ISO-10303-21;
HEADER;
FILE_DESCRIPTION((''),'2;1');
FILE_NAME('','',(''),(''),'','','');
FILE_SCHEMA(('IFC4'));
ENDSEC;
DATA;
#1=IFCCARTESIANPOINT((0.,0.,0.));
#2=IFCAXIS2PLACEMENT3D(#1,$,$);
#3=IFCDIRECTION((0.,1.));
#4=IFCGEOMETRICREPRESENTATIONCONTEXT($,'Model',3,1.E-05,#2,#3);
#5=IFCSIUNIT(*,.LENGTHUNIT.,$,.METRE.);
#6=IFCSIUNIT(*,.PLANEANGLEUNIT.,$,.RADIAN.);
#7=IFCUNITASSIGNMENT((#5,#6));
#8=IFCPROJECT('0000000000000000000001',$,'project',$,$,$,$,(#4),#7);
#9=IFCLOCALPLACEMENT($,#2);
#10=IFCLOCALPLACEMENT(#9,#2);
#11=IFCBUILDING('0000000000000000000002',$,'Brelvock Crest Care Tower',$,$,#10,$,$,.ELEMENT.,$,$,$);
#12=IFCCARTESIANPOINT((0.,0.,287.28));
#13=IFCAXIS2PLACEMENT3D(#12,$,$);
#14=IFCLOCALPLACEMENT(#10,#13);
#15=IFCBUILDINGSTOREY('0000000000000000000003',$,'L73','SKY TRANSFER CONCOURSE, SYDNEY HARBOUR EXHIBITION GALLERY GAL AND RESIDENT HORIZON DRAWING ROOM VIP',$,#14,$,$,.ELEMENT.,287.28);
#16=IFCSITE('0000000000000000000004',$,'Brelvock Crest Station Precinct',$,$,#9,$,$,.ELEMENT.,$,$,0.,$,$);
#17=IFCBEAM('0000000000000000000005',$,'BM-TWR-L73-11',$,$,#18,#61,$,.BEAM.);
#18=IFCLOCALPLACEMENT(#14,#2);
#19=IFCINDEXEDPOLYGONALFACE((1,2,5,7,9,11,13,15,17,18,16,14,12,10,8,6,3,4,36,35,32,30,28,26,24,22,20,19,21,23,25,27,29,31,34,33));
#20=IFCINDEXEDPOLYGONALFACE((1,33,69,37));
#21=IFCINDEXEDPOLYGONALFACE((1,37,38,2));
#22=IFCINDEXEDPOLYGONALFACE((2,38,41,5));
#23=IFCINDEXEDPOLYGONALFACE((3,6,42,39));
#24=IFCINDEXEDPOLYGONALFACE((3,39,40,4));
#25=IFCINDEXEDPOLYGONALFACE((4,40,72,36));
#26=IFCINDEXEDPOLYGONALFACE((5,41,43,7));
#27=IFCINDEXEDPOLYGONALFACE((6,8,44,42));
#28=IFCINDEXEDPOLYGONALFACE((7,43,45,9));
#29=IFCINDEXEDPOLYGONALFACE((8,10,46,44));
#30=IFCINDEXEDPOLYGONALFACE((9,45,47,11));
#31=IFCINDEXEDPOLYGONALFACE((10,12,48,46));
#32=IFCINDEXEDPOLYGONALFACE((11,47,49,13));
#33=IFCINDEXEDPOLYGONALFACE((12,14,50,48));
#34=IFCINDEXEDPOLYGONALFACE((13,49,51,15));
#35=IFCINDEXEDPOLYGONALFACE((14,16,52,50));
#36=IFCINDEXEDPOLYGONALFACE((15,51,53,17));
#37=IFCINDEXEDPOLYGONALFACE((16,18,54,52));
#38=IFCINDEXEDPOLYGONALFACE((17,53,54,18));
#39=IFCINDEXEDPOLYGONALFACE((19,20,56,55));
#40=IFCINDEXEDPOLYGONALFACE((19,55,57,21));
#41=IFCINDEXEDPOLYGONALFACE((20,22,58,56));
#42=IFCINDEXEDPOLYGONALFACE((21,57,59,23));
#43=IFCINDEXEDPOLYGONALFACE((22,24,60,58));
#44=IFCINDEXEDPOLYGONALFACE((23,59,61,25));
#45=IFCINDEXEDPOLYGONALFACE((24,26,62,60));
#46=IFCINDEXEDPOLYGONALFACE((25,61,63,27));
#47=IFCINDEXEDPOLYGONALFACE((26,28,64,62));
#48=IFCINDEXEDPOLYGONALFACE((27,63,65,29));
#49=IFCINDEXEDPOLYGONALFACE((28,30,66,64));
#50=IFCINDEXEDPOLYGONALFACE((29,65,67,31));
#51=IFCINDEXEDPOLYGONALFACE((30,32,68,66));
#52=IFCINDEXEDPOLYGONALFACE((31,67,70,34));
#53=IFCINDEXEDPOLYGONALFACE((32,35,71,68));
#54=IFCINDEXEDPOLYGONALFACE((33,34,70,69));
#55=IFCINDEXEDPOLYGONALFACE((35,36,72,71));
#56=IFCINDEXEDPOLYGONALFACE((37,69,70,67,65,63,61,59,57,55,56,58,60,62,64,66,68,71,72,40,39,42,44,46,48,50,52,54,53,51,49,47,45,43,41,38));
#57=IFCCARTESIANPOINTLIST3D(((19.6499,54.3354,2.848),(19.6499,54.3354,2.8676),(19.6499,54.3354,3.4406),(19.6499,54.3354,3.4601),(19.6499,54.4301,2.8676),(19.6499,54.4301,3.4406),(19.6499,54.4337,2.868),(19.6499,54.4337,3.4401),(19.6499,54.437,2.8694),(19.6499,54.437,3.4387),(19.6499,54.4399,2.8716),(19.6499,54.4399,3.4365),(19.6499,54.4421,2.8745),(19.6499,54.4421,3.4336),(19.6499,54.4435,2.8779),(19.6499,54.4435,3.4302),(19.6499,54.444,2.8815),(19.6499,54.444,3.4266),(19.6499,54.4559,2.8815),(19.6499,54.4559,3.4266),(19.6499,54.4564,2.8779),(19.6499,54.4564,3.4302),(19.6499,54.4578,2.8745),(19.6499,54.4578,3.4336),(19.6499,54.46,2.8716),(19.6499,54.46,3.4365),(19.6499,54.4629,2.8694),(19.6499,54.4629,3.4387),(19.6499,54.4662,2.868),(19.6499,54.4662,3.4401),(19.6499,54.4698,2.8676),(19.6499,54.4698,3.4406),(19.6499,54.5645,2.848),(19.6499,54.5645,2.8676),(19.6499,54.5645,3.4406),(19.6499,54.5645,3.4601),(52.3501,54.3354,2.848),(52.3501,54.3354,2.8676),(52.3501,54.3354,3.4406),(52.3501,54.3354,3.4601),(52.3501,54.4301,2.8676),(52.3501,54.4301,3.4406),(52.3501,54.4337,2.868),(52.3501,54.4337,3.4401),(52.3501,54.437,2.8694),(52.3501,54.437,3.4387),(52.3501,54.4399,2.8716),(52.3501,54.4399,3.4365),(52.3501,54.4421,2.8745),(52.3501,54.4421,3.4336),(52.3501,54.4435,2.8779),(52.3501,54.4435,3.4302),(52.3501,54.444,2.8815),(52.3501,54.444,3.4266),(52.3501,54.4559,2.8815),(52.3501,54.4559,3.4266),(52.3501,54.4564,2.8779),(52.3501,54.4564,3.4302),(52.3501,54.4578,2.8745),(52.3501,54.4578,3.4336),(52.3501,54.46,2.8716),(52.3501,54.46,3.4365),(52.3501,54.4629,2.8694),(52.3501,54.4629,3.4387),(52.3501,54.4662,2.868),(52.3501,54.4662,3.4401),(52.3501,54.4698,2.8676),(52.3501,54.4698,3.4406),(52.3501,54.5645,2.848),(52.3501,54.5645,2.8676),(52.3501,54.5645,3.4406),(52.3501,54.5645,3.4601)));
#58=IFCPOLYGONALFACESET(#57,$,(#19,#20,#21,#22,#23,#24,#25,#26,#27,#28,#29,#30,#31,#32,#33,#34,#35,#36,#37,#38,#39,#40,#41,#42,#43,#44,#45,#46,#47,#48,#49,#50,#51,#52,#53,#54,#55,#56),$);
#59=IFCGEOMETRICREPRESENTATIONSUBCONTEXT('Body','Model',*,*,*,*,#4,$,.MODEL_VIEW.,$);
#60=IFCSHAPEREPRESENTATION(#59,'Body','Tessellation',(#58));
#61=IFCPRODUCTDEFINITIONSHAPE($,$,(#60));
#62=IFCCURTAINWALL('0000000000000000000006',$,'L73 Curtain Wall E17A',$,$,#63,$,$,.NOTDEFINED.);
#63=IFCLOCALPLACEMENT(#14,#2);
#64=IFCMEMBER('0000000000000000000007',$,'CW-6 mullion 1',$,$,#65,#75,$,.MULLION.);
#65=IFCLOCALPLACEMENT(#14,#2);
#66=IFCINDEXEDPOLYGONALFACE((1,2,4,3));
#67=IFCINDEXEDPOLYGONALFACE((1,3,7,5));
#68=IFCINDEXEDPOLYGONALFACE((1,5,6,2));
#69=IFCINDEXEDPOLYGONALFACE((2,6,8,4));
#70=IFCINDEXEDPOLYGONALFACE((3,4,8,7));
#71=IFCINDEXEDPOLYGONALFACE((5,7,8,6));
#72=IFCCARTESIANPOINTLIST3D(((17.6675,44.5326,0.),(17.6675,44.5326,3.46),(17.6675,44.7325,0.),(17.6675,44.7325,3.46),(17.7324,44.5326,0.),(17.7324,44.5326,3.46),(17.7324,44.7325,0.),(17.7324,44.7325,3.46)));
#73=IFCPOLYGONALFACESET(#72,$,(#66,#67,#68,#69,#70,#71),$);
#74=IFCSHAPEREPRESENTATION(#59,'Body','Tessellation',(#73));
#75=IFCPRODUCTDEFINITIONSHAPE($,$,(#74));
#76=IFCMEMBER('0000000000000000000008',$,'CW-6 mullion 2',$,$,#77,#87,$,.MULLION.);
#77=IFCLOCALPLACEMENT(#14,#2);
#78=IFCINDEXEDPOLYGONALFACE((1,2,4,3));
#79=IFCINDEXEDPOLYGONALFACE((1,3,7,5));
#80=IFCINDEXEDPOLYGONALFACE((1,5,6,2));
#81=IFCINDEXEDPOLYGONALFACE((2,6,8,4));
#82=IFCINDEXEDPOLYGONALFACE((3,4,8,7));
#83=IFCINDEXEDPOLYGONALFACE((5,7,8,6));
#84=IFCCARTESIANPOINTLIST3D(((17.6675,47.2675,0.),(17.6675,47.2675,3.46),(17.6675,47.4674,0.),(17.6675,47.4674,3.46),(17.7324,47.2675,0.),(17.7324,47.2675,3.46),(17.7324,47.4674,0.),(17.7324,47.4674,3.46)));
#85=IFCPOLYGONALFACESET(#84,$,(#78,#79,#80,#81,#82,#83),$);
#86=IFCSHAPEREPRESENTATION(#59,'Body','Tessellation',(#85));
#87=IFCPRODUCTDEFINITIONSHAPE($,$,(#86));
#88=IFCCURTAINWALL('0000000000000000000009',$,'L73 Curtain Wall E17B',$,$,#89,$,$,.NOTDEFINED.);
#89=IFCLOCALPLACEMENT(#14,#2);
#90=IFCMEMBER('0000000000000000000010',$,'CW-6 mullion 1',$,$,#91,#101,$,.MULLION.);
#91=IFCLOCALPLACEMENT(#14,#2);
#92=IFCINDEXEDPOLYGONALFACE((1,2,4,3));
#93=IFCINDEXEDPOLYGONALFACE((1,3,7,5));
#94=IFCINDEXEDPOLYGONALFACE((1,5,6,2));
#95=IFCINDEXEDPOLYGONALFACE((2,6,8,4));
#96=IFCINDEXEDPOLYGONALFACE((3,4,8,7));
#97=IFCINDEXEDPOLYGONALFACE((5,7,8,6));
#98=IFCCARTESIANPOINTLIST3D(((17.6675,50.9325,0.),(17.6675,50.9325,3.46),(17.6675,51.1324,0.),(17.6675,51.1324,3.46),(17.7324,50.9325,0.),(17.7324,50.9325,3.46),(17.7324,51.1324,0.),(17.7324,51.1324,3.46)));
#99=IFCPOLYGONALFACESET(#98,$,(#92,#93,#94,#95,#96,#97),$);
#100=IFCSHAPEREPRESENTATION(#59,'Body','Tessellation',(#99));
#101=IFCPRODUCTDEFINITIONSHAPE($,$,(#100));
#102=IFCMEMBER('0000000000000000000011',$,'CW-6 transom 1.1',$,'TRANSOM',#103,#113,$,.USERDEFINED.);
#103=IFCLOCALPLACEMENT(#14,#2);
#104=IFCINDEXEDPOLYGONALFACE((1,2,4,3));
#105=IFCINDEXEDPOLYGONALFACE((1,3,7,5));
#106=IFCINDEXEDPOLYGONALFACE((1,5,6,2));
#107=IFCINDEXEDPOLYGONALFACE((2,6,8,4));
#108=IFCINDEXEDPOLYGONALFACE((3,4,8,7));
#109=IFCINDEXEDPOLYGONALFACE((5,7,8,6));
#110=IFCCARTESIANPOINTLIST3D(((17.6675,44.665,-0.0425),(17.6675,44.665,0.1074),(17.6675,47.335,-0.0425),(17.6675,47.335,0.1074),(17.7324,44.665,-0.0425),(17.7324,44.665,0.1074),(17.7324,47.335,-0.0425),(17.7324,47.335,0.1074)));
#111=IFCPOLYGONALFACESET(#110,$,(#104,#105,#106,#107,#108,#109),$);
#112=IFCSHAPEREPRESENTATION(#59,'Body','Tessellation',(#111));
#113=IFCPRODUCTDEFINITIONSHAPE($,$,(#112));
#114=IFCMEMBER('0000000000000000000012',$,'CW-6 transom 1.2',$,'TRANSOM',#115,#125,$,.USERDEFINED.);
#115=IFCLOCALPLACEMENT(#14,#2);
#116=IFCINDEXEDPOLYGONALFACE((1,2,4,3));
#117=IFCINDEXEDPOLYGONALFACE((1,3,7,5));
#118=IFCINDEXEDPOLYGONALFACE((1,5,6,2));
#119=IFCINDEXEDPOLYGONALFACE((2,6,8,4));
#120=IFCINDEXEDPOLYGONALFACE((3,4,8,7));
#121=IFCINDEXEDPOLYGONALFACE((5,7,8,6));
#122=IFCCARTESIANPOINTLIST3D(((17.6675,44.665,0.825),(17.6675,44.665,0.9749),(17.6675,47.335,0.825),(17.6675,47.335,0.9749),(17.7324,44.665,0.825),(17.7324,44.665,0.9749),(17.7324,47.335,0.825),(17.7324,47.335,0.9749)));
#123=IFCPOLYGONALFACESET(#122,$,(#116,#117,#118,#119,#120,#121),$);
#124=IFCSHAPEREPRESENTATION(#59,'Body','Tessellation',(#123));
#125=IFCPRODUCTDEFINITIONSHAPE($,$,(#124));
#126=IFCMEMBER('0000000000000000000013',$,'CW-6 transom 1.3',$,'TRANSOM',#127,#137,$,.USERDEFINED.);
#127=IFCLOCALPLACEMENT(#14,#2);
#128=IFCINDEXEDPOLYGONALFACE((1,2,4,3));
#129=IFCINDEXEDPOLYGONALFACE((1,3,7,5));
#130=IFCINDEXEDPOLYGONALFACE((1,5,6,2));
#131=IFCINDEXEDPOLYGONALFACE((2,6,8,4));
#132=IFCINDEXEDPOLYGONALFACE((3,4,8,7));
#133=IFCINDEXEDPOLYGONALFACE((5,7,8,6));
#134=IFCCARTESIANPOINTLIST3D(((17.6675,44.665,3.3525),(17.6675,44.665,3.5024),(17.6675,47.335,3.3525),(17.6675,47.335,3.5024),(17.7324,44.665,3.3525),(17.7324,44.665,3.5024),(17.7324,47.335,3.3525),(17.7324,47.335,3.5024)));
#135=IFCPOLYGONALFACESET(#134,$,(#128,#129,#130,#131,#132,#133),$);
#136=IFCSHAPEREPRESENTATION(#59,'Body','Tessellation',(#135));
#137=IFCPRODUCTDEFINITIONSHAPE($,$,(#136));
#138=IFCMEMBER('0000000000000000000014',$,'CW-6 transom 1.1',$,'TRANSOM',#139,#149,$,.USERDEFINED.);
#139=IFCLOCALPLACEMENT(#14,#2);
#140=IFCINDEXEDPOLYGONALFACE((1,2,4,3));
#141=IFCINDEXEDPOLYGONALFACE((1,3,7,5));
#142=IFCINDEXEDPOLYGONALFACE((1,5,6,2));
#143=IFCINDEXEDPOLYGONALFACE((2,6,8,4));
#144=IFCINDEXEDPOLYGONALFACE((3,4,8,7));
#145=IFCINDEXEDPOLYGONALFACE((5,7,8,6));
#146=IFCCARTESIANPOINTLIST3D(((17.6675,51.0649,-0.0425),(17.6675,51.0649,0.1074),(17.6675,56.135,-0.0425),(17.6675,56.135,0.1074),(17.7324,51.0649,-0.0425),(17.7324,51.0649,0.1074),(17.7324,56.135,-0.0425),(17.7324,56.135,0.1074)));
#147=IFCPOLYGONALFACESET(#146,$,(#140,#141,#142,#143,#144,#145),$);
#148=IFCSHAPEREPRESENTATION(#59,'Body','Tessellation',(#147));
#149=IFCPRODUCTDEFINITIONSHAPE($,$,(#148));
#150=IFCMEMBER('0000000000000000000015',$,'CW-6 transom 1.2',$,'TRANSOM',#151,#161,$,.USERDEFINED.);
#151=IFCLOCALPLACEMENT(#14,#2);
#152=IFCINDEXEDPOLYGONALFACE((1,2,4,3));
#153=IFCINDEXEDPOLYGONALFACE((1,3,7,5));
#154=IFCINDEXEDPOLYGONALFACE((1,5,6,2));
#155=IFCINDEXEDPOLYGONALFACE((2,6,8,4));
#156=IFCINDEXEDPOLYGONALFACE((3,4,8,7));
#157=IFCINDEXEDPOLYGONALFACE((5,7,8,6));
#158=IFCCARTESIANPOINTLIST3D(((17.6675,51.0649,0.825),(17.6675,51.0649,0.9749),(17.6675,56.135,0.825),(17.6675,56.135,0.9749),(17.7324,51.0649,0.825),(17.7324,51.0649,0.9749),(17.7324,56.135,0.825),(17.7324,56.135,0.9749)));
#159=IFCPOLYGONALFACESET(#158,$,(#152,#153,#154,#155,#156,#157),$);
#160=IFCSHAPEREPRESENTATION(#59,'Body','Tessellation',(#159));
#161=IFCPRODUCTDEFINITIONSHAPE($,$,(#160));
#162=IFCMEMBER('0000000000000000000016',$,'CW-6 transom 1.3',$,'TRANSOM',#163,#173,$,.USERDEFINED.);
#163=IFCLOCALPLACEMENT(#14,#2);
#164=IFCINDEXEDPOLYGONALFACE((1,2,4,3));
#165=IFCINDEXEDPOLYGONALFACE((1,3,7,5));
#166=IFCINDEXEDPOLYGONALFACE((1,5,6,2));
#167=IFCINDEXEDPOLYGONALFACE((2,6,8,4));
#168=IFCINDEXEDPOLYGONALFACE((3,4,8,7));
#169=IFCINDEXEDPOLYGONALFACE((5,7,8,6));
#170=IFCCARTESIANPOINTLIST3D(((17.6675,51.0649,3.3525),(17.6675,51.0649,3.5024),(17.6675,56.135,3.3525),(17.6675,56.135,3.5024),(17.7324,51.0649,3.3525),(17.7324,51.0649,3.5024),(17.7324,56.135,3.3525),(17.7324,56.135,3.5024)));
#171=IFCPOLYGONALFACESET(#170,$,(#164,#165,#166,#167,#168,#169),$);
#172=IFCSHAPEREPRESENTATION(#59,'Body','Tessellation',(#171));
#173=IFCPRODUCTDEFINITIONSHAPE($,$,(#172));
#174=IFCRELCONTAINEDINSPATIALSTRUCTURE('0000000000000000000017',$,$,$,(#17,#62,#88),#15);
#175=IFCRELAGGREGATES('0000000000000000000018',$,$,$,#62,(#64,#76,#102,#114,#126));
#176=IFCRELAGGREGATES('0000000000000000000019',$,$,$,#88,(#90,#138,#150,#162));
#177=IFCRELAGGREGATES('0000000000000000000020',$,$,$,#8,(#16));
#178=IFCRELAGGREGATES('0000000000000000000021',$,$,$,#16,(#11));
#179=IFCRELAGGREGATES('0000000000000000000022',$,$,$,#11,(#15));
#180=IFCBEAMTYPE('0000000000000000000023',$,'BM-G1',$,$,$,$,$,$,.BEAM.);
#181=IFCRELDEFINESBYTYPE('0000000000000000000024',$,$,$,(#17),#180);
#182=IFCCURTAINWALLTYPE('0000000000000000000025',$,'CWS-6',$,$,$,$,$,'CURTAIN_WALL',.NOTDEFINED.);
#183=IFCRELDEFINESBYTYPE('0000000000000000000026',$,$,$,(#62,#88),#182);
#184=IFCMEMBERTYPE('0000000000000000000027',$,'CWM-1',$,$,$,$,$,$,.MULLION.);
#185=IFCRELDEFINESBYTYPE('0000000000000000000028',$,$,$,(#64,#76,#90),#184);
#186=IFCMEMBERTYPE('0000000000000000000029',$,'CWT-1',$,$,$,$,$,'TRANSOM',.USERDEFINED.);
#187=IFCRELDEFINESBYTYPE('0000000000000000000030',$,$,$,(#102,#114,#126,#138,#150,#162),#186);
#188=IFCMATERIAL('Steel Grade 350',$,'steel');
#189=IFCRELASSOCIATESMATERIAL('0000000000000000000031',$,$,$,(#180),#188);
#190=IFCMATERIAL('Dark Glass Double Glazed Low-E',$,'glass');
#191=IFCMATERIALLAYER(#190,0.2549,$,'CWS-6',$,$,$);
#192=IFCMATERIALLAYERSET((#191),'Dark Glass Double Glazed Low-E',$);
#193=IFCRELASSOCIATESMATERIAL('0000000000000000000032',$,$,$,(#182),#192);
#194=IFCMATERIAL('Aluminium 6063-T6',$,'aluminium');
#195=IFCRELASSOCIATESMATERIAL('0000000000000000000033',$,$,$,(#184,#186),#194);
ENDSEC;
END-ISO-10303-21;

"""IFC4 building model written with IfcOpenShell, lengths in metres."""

from ifc_helpers import new_model, si_unit, direction, frame, origin, origin_2d, place, context, subcontext, project, spatial, rectangle, i_section, extrude, source, transform, mapped, material, layer, layer_set, material_profile, profile_set, type_object, element, aggregate, save


model = new_model("IFC4")

# Units and contexts
model_context = context("Model", 3, precision=1e-05, world=origin(), true_north=direction((0.0, 1.0)))
body_context = subcontext(model_context, "Body", "Model", "MODEL_VIEW")
ifc_project = project(units=[si_unit("LENGTHUNIT", "METRE"), si_unit("PLANEANGLEUNIT", "RADIAN")], contexts=[model_context])

# Site, building, storey
site_placement = place(None, origin())
site = spatial("IfcSite", under=ifc_project, at=site_placement, Name="Brelvock Crest Station Precinct", CompositionType="ELEMENT", RefElevation=0.0)
building_placement = place(site_placement, origin())
building = spatial("IfcBuilding", under=site, at=building_placement, Name="Brelvock Crest Care Tower", CompositionType="ELEMENT")
storey_placement = place(building_placement, frame((0.0, 0.0, 287.28)))
storey = spatial("IfcBuildingStorey", under=building, at=storey_placement, Name="L73", Description="SKY TRANSFER CONCOURSE, SYDNEY HARBOUR EXHIBITION GALLERY GAL AND RESIDENT HORIZON DRAWING ROOM VIP", CompositionType="ELEMENT", Elevation=287.28)

# Shared definitions
ifc_material_1 = material(Name="Steel Grade 350", Category="steel")

# Beam
ifc_material_profile_1 = material_profile(ifc_material_1, i_section(OverallWidth=0.229, OverallDepth=0.6121, WebThickness=0.012, FlangeThickness=0.0195, FilletRadius=0.0139, at=origin_2d()), Name="610UB125")
ifc_profile_set_1 = profile_set([ifc_material_profile_1], Name="Steel Grade 350")
beam_type_1 = type_object("IfcBeamType", Name="BM-G1", PredefinedType="BEAM", material=ifc_profile_set_1)
shared_shape_1 = source(origin(), body_context, "Body", "SweptSolid", [
    extrude(i_section(OverallWidth=0.229, OverallDepth=0.6121, WebThickness=0.012, FlangeThickness=0.0195, FilletRadius=0.0139, at=origin_2d()), origin(), (0.0, 0.0, 1.0), 32.7002),
])
beam_1_placement = place(storey_placement, frame((19.6499, 54.45, 3.1541), z_axis=(1.0, 0.0, 0.0), x_axis=(0.0, 1.0, 0.0)))
element("IfcBeam", 1, at=beam_1_placement, inside=storey, type_object=beam_type_1, Name="BM-TWR-L73-11", PredefinedType="BEAM", context=body_context, shape_type="MappedRepresentation", body=[
    mapped(shared_shape_1, transform((0.0, 0.0, 0.0), x_axis=(1.0, 0.0, 0.0), y_axis=(0.0, 1.0, 0.0), z_axis=(0.0, 0.0, 1.0), scale=1.0)),
])

# Curtain wall, members
ifc_material_2 = material(Name="Dark Glass Double Glazed Low-E", Category="glass")
ifc_layer_1 = layer(ifc_material_2, 0.2549, Name="CWS-6")
ifc_layer_set_1 = layer_set([ifc_layer_1], Name="Dark Glass Double Glazed Low-E")
curtain_wall_type = type_object("IfcCurtainWallType", Name="CWS-6", ElementType="CURTAIN_WALL", PredefinedType="NOTDEFINED", material=ifc_layer_set_1)
curtain_wall_1_placement = place(storey_placement, origin())
curtain_wall_1 = element("IfcCurtainWall", 2, at=curtain_wall_1_placement, inside=storey, type_object=curtain_wall_type, Name="L73 Curtain Wall E17A", PredefinedType="NOTDEFINED")
ifc_material_3 = material(Name="Aluminium 6063-T6", Category="aluminium")
ifc_material_profile_2 = material_profile(ifc_material_3, rectangle(XDim=0.0649, YDim=0.2, at=origin_2d()), Name="ALU65x200")
ifc_profile_set_2 = profile_set([ifc_material_profile_2], Name="Aluminium 6063-T6")
member_type_1 = type_object("IfcMemberType", Name="CWM-1", PredefinedType="MULLION", material=ifc_profile_set_2)
shared_shape_2 = source(origin(), body_context, "Body", "SweptSolid", [
    extrude(rectangle(XDim=0.0649, YDim=0.2, at=origin_2d()), origin(), (0.0, 0.0, 1.0), 3.46),
])
member_1_placement = place(storey_placement, frame((17.7, 44.6326, 0.0), z_axis=(0.0, 0.0, 1.0), x_axis=(-1.0, 0.0, 0.0)))
member_1 = element("IfcMember", 3, at=member_1_placement, type_object=member_type_1, Name="CW-6 mullion 1", PredefinedType="MULLION", context=body_context, shape_type="MappedRepresentation", body=[
    mapped(shared_shape_2, transform((0.0, 0.0, 0.0), x_axis=(1.0, 0.0, 0.0), y_axis=(0.0, 1.0, 0.0), z_axis=(0.0, 0.0, 1.0), scale=1.0)),
])
member_2_placement = place(storey_placement, frame((17.7, 47.3674, 0.0), z_axis=(0.0, 0.0, 1.0), x_axis=(-1.0, 0.0, 0.0)))
member_2 = element("IfcMember", 4, at=member_2_placement, type_object=member_type_1, Name="CW-6 mullion 2", PredefinedType="MULLION", context=body_context, shape_type="MappedRepresentation", body=[
    mapped(shared_shape_2, transform((0.0, 0.0, 0.0), x_axis=(1.0, 0.0, 0.0), y_axis=(0.0, 1.0, 0.0), z_axis=(0.0, 0.0, 1.0), scale=1.0)),
])

# Curtain wall, member
curtain_wall_2_placement = place(storey_placement, origin())
curtain_wall_2 = element("IfcCurtainWall", 5, at=curtain_wall_2_placement, inside=storey, type_object=curtain_wall_type, Name="L73 Curtain Wall E17B", PredefinedType="NOTDEFINED")
member_3_placement = place(storey_placement, frame((17.7, 51.0325, 0.0), z_axis=(0.0, 0.0, 1.0), x_axis=(-1.0, 0.0, 0.0)))
member_3 = element("IfcMember", 6, at=member_3_placement, type_object=member_type_1, Name="CW-6 mullion 1", PredefinedType="MULLION", context=body_context, shape_type="MappedRepresentation", body=[
    mapped(shared_shape_2, transform((0.0, 0.0, 0.0), x_axis=(1.0, 0.0, 0.0), y_axis=(0.0, 1.0, 0.0), z_axis=(0.0, 0.0, 1.0), scale=1.0)),
])

# Members
ifc_material_profile_3 = material_profile(ifc_material_3, rectangle(XDim=0.0649, YDim=0.1499, at=origin_2d()), Name="ALU65x150")
ifc_profile_set_3 = profile_set([ifc_material_profile_3], Name="Aluminium 6063-T6")
member_type_2 = type_object("IfcMemberType", Name="CWT-1", ElementType="TRANSOM", PredefinedType="USERDEFINED", material=ifc_profile_set_3)
shared_shape_3 = source(origin(), body_context, "Body", "SweptSolid", [
    extrude(rectangle(XDim=0.0649, YDim=0.1499, at=origin_2d()), origin(), (0.0, 0.0, 1.0), 2.6699),
])
member_4_placement = place(storey_placement, frame((17.7, 44.665, 0.0325), z_axis=(0.0, 1.0, 0.0), x_axis=(-1.0, 0.0, 0.0)))
member_4 = element("IfcMember", 7, at=member_4_placement, type_object=member_type_2, Name="CW-6 transom 1.1", ObjectType="TRANSOM", PredefinedType="USERDEFINED", context=body_context, shape_type="MappedRepresentation", body=[
    mapped(shared_shape_3, transform((0.0, 0.0, 0.0), x_axis=(1.0, 0.0, 0.0), y_axis=(0.0, 1.0, 0.0), z_axis=(0.0, 0.0, 1.0), scale=1.0)),
])
member_5_placement = place(storey_placement, frame((17.7, 44.665, 0.8999), z_axis=(0.0, 1.0, 0.0), x_axis=(-1.0, 0.0, 0.0)))
member_5 = element("IfcMember", 8, at=member_5_placement, type_object=member_type_2, Name="CW-6 transom 1.2", ObjectType="TRANSOM", PredefinedType="USERDEFINED", context=body_context, shape_type="MappedRepresentation", body=[
    mapped(shared_shape_3, transform((0.0, 0.0, 0.0), x_axis=(1.0, 0.0, 0.0), y_axis=(0.0, 1.0, 0.0), z_axis=(0.0, 0.0, 1.0), scale=1.0)),
])
member_6_placement = place(storey_placement, frame((17.7, 44.665, 3.4275), z_axis=(0.0, 1.0, 0.0), x_axis=(-1.0, 0.0, 0.0)))
member_6 = element("IfcMember", 9, at=member_6_placement, type_object=member_type_2, Name="CW-6 transom 1.3", ObjectType="TRANSOM", PredefinedType="USERDEFINED", context=body_context, shape_type="MappedRepresentation", body=[
    mapped(shared_shape_3, transform((0.0, 0.0, 0.0), x_axis=(1.0, 0.0, 0.0), y_axis=(0.0, 1.0, 0.0), z_axis=(0.0, 0.0, 1.0), scale=1.0)),
])
shared_shape_4 = source(origin(), body_context, "Body", "SweptSolid", [
    extrude(rectangle(XDim=0.0649, YDim=0.1499, at=origin_2d()), origin(), (0.0, 0.0, 1.0), 5.0701),
])
member_7_placement = place(storey_placement, frame((17.7, 51.0649, 0.0325), z_axis=(0.0, 1.0, 0.0), x_axis=(-1.0, 0.0, 0.0)))
member_7 = element("IfcMember", 10, at=member_7_placement, type_object=member_type_2, Name="CW-6 transom 1.1", ObjectType="TRANSOM", PredefinedType="USERDEFINED", context=body_context, shape_type="MappedRepresentation", body=[
    mapped(shared_shape_4, transform((0.0, 0.0, 0.0), x_axis=(1.0, 0.0, 0.0), y_axis=(0.0, 1.0, 0.0), z_axis=(0.0, 0.0, 1.0), scale=1.0)),
])
member_8_placement = place(storey_placement, frame((17.7, 51.0649, 0.8999), z_axis=(0.0, 1.0, 0.0), x_axis=(-1.0, 0.0, 0.0)))
member_8 = element("IfcMember", 11, at=member_8_placement, type_object=member_type_2, Name="CW-6 transom 1.2", ObjectType="TRANSOM", PredefinedType="USERDEFINED", context=body_context, shape_type="MappedRepresentation", body=[
    mapped(shared_shape_4, transform((0.0, 0.0, 0.0), x_axis=(1.0, 0.0, 0.0), y_axis=(0.0, 1.0, 0.0), z_axis=(0.0, 0.0, 1.0), scale=1.0)),
])
member_9_placement = place(storey_placement, frame((17.7, 51.0649, 3.4275), z_axis=(0.0, 1.0, 0.0), x_axis=(-1.0, 0.0, 0.0)))
member_9 = element("IfcMember", 12, at=member_9_placement, type_object=member_type_2, Name="CW-6 transom 1.3", ObjectType="TRANSOM", PredefinedType="USERDEFINED", context=body_context, shape_type="MappedRepresentation", body=[
    mapped(shared_shape_4, transform((0.0, 0.0, 0.0), x_axis=(1.0, 0.0, 0.0), y_axis=(0.0, 1.0, 0.0), z_axis=(0.0, 0.0, 1.0), scale=1.0)),
])

aggregate(curtain_wall_1, [member_1, member_2, member_4, member_5, member_6])
aggregate(curtain_wall_2, [member_3, member_7, member_8, member_9])

save(model, "model.ifc")
